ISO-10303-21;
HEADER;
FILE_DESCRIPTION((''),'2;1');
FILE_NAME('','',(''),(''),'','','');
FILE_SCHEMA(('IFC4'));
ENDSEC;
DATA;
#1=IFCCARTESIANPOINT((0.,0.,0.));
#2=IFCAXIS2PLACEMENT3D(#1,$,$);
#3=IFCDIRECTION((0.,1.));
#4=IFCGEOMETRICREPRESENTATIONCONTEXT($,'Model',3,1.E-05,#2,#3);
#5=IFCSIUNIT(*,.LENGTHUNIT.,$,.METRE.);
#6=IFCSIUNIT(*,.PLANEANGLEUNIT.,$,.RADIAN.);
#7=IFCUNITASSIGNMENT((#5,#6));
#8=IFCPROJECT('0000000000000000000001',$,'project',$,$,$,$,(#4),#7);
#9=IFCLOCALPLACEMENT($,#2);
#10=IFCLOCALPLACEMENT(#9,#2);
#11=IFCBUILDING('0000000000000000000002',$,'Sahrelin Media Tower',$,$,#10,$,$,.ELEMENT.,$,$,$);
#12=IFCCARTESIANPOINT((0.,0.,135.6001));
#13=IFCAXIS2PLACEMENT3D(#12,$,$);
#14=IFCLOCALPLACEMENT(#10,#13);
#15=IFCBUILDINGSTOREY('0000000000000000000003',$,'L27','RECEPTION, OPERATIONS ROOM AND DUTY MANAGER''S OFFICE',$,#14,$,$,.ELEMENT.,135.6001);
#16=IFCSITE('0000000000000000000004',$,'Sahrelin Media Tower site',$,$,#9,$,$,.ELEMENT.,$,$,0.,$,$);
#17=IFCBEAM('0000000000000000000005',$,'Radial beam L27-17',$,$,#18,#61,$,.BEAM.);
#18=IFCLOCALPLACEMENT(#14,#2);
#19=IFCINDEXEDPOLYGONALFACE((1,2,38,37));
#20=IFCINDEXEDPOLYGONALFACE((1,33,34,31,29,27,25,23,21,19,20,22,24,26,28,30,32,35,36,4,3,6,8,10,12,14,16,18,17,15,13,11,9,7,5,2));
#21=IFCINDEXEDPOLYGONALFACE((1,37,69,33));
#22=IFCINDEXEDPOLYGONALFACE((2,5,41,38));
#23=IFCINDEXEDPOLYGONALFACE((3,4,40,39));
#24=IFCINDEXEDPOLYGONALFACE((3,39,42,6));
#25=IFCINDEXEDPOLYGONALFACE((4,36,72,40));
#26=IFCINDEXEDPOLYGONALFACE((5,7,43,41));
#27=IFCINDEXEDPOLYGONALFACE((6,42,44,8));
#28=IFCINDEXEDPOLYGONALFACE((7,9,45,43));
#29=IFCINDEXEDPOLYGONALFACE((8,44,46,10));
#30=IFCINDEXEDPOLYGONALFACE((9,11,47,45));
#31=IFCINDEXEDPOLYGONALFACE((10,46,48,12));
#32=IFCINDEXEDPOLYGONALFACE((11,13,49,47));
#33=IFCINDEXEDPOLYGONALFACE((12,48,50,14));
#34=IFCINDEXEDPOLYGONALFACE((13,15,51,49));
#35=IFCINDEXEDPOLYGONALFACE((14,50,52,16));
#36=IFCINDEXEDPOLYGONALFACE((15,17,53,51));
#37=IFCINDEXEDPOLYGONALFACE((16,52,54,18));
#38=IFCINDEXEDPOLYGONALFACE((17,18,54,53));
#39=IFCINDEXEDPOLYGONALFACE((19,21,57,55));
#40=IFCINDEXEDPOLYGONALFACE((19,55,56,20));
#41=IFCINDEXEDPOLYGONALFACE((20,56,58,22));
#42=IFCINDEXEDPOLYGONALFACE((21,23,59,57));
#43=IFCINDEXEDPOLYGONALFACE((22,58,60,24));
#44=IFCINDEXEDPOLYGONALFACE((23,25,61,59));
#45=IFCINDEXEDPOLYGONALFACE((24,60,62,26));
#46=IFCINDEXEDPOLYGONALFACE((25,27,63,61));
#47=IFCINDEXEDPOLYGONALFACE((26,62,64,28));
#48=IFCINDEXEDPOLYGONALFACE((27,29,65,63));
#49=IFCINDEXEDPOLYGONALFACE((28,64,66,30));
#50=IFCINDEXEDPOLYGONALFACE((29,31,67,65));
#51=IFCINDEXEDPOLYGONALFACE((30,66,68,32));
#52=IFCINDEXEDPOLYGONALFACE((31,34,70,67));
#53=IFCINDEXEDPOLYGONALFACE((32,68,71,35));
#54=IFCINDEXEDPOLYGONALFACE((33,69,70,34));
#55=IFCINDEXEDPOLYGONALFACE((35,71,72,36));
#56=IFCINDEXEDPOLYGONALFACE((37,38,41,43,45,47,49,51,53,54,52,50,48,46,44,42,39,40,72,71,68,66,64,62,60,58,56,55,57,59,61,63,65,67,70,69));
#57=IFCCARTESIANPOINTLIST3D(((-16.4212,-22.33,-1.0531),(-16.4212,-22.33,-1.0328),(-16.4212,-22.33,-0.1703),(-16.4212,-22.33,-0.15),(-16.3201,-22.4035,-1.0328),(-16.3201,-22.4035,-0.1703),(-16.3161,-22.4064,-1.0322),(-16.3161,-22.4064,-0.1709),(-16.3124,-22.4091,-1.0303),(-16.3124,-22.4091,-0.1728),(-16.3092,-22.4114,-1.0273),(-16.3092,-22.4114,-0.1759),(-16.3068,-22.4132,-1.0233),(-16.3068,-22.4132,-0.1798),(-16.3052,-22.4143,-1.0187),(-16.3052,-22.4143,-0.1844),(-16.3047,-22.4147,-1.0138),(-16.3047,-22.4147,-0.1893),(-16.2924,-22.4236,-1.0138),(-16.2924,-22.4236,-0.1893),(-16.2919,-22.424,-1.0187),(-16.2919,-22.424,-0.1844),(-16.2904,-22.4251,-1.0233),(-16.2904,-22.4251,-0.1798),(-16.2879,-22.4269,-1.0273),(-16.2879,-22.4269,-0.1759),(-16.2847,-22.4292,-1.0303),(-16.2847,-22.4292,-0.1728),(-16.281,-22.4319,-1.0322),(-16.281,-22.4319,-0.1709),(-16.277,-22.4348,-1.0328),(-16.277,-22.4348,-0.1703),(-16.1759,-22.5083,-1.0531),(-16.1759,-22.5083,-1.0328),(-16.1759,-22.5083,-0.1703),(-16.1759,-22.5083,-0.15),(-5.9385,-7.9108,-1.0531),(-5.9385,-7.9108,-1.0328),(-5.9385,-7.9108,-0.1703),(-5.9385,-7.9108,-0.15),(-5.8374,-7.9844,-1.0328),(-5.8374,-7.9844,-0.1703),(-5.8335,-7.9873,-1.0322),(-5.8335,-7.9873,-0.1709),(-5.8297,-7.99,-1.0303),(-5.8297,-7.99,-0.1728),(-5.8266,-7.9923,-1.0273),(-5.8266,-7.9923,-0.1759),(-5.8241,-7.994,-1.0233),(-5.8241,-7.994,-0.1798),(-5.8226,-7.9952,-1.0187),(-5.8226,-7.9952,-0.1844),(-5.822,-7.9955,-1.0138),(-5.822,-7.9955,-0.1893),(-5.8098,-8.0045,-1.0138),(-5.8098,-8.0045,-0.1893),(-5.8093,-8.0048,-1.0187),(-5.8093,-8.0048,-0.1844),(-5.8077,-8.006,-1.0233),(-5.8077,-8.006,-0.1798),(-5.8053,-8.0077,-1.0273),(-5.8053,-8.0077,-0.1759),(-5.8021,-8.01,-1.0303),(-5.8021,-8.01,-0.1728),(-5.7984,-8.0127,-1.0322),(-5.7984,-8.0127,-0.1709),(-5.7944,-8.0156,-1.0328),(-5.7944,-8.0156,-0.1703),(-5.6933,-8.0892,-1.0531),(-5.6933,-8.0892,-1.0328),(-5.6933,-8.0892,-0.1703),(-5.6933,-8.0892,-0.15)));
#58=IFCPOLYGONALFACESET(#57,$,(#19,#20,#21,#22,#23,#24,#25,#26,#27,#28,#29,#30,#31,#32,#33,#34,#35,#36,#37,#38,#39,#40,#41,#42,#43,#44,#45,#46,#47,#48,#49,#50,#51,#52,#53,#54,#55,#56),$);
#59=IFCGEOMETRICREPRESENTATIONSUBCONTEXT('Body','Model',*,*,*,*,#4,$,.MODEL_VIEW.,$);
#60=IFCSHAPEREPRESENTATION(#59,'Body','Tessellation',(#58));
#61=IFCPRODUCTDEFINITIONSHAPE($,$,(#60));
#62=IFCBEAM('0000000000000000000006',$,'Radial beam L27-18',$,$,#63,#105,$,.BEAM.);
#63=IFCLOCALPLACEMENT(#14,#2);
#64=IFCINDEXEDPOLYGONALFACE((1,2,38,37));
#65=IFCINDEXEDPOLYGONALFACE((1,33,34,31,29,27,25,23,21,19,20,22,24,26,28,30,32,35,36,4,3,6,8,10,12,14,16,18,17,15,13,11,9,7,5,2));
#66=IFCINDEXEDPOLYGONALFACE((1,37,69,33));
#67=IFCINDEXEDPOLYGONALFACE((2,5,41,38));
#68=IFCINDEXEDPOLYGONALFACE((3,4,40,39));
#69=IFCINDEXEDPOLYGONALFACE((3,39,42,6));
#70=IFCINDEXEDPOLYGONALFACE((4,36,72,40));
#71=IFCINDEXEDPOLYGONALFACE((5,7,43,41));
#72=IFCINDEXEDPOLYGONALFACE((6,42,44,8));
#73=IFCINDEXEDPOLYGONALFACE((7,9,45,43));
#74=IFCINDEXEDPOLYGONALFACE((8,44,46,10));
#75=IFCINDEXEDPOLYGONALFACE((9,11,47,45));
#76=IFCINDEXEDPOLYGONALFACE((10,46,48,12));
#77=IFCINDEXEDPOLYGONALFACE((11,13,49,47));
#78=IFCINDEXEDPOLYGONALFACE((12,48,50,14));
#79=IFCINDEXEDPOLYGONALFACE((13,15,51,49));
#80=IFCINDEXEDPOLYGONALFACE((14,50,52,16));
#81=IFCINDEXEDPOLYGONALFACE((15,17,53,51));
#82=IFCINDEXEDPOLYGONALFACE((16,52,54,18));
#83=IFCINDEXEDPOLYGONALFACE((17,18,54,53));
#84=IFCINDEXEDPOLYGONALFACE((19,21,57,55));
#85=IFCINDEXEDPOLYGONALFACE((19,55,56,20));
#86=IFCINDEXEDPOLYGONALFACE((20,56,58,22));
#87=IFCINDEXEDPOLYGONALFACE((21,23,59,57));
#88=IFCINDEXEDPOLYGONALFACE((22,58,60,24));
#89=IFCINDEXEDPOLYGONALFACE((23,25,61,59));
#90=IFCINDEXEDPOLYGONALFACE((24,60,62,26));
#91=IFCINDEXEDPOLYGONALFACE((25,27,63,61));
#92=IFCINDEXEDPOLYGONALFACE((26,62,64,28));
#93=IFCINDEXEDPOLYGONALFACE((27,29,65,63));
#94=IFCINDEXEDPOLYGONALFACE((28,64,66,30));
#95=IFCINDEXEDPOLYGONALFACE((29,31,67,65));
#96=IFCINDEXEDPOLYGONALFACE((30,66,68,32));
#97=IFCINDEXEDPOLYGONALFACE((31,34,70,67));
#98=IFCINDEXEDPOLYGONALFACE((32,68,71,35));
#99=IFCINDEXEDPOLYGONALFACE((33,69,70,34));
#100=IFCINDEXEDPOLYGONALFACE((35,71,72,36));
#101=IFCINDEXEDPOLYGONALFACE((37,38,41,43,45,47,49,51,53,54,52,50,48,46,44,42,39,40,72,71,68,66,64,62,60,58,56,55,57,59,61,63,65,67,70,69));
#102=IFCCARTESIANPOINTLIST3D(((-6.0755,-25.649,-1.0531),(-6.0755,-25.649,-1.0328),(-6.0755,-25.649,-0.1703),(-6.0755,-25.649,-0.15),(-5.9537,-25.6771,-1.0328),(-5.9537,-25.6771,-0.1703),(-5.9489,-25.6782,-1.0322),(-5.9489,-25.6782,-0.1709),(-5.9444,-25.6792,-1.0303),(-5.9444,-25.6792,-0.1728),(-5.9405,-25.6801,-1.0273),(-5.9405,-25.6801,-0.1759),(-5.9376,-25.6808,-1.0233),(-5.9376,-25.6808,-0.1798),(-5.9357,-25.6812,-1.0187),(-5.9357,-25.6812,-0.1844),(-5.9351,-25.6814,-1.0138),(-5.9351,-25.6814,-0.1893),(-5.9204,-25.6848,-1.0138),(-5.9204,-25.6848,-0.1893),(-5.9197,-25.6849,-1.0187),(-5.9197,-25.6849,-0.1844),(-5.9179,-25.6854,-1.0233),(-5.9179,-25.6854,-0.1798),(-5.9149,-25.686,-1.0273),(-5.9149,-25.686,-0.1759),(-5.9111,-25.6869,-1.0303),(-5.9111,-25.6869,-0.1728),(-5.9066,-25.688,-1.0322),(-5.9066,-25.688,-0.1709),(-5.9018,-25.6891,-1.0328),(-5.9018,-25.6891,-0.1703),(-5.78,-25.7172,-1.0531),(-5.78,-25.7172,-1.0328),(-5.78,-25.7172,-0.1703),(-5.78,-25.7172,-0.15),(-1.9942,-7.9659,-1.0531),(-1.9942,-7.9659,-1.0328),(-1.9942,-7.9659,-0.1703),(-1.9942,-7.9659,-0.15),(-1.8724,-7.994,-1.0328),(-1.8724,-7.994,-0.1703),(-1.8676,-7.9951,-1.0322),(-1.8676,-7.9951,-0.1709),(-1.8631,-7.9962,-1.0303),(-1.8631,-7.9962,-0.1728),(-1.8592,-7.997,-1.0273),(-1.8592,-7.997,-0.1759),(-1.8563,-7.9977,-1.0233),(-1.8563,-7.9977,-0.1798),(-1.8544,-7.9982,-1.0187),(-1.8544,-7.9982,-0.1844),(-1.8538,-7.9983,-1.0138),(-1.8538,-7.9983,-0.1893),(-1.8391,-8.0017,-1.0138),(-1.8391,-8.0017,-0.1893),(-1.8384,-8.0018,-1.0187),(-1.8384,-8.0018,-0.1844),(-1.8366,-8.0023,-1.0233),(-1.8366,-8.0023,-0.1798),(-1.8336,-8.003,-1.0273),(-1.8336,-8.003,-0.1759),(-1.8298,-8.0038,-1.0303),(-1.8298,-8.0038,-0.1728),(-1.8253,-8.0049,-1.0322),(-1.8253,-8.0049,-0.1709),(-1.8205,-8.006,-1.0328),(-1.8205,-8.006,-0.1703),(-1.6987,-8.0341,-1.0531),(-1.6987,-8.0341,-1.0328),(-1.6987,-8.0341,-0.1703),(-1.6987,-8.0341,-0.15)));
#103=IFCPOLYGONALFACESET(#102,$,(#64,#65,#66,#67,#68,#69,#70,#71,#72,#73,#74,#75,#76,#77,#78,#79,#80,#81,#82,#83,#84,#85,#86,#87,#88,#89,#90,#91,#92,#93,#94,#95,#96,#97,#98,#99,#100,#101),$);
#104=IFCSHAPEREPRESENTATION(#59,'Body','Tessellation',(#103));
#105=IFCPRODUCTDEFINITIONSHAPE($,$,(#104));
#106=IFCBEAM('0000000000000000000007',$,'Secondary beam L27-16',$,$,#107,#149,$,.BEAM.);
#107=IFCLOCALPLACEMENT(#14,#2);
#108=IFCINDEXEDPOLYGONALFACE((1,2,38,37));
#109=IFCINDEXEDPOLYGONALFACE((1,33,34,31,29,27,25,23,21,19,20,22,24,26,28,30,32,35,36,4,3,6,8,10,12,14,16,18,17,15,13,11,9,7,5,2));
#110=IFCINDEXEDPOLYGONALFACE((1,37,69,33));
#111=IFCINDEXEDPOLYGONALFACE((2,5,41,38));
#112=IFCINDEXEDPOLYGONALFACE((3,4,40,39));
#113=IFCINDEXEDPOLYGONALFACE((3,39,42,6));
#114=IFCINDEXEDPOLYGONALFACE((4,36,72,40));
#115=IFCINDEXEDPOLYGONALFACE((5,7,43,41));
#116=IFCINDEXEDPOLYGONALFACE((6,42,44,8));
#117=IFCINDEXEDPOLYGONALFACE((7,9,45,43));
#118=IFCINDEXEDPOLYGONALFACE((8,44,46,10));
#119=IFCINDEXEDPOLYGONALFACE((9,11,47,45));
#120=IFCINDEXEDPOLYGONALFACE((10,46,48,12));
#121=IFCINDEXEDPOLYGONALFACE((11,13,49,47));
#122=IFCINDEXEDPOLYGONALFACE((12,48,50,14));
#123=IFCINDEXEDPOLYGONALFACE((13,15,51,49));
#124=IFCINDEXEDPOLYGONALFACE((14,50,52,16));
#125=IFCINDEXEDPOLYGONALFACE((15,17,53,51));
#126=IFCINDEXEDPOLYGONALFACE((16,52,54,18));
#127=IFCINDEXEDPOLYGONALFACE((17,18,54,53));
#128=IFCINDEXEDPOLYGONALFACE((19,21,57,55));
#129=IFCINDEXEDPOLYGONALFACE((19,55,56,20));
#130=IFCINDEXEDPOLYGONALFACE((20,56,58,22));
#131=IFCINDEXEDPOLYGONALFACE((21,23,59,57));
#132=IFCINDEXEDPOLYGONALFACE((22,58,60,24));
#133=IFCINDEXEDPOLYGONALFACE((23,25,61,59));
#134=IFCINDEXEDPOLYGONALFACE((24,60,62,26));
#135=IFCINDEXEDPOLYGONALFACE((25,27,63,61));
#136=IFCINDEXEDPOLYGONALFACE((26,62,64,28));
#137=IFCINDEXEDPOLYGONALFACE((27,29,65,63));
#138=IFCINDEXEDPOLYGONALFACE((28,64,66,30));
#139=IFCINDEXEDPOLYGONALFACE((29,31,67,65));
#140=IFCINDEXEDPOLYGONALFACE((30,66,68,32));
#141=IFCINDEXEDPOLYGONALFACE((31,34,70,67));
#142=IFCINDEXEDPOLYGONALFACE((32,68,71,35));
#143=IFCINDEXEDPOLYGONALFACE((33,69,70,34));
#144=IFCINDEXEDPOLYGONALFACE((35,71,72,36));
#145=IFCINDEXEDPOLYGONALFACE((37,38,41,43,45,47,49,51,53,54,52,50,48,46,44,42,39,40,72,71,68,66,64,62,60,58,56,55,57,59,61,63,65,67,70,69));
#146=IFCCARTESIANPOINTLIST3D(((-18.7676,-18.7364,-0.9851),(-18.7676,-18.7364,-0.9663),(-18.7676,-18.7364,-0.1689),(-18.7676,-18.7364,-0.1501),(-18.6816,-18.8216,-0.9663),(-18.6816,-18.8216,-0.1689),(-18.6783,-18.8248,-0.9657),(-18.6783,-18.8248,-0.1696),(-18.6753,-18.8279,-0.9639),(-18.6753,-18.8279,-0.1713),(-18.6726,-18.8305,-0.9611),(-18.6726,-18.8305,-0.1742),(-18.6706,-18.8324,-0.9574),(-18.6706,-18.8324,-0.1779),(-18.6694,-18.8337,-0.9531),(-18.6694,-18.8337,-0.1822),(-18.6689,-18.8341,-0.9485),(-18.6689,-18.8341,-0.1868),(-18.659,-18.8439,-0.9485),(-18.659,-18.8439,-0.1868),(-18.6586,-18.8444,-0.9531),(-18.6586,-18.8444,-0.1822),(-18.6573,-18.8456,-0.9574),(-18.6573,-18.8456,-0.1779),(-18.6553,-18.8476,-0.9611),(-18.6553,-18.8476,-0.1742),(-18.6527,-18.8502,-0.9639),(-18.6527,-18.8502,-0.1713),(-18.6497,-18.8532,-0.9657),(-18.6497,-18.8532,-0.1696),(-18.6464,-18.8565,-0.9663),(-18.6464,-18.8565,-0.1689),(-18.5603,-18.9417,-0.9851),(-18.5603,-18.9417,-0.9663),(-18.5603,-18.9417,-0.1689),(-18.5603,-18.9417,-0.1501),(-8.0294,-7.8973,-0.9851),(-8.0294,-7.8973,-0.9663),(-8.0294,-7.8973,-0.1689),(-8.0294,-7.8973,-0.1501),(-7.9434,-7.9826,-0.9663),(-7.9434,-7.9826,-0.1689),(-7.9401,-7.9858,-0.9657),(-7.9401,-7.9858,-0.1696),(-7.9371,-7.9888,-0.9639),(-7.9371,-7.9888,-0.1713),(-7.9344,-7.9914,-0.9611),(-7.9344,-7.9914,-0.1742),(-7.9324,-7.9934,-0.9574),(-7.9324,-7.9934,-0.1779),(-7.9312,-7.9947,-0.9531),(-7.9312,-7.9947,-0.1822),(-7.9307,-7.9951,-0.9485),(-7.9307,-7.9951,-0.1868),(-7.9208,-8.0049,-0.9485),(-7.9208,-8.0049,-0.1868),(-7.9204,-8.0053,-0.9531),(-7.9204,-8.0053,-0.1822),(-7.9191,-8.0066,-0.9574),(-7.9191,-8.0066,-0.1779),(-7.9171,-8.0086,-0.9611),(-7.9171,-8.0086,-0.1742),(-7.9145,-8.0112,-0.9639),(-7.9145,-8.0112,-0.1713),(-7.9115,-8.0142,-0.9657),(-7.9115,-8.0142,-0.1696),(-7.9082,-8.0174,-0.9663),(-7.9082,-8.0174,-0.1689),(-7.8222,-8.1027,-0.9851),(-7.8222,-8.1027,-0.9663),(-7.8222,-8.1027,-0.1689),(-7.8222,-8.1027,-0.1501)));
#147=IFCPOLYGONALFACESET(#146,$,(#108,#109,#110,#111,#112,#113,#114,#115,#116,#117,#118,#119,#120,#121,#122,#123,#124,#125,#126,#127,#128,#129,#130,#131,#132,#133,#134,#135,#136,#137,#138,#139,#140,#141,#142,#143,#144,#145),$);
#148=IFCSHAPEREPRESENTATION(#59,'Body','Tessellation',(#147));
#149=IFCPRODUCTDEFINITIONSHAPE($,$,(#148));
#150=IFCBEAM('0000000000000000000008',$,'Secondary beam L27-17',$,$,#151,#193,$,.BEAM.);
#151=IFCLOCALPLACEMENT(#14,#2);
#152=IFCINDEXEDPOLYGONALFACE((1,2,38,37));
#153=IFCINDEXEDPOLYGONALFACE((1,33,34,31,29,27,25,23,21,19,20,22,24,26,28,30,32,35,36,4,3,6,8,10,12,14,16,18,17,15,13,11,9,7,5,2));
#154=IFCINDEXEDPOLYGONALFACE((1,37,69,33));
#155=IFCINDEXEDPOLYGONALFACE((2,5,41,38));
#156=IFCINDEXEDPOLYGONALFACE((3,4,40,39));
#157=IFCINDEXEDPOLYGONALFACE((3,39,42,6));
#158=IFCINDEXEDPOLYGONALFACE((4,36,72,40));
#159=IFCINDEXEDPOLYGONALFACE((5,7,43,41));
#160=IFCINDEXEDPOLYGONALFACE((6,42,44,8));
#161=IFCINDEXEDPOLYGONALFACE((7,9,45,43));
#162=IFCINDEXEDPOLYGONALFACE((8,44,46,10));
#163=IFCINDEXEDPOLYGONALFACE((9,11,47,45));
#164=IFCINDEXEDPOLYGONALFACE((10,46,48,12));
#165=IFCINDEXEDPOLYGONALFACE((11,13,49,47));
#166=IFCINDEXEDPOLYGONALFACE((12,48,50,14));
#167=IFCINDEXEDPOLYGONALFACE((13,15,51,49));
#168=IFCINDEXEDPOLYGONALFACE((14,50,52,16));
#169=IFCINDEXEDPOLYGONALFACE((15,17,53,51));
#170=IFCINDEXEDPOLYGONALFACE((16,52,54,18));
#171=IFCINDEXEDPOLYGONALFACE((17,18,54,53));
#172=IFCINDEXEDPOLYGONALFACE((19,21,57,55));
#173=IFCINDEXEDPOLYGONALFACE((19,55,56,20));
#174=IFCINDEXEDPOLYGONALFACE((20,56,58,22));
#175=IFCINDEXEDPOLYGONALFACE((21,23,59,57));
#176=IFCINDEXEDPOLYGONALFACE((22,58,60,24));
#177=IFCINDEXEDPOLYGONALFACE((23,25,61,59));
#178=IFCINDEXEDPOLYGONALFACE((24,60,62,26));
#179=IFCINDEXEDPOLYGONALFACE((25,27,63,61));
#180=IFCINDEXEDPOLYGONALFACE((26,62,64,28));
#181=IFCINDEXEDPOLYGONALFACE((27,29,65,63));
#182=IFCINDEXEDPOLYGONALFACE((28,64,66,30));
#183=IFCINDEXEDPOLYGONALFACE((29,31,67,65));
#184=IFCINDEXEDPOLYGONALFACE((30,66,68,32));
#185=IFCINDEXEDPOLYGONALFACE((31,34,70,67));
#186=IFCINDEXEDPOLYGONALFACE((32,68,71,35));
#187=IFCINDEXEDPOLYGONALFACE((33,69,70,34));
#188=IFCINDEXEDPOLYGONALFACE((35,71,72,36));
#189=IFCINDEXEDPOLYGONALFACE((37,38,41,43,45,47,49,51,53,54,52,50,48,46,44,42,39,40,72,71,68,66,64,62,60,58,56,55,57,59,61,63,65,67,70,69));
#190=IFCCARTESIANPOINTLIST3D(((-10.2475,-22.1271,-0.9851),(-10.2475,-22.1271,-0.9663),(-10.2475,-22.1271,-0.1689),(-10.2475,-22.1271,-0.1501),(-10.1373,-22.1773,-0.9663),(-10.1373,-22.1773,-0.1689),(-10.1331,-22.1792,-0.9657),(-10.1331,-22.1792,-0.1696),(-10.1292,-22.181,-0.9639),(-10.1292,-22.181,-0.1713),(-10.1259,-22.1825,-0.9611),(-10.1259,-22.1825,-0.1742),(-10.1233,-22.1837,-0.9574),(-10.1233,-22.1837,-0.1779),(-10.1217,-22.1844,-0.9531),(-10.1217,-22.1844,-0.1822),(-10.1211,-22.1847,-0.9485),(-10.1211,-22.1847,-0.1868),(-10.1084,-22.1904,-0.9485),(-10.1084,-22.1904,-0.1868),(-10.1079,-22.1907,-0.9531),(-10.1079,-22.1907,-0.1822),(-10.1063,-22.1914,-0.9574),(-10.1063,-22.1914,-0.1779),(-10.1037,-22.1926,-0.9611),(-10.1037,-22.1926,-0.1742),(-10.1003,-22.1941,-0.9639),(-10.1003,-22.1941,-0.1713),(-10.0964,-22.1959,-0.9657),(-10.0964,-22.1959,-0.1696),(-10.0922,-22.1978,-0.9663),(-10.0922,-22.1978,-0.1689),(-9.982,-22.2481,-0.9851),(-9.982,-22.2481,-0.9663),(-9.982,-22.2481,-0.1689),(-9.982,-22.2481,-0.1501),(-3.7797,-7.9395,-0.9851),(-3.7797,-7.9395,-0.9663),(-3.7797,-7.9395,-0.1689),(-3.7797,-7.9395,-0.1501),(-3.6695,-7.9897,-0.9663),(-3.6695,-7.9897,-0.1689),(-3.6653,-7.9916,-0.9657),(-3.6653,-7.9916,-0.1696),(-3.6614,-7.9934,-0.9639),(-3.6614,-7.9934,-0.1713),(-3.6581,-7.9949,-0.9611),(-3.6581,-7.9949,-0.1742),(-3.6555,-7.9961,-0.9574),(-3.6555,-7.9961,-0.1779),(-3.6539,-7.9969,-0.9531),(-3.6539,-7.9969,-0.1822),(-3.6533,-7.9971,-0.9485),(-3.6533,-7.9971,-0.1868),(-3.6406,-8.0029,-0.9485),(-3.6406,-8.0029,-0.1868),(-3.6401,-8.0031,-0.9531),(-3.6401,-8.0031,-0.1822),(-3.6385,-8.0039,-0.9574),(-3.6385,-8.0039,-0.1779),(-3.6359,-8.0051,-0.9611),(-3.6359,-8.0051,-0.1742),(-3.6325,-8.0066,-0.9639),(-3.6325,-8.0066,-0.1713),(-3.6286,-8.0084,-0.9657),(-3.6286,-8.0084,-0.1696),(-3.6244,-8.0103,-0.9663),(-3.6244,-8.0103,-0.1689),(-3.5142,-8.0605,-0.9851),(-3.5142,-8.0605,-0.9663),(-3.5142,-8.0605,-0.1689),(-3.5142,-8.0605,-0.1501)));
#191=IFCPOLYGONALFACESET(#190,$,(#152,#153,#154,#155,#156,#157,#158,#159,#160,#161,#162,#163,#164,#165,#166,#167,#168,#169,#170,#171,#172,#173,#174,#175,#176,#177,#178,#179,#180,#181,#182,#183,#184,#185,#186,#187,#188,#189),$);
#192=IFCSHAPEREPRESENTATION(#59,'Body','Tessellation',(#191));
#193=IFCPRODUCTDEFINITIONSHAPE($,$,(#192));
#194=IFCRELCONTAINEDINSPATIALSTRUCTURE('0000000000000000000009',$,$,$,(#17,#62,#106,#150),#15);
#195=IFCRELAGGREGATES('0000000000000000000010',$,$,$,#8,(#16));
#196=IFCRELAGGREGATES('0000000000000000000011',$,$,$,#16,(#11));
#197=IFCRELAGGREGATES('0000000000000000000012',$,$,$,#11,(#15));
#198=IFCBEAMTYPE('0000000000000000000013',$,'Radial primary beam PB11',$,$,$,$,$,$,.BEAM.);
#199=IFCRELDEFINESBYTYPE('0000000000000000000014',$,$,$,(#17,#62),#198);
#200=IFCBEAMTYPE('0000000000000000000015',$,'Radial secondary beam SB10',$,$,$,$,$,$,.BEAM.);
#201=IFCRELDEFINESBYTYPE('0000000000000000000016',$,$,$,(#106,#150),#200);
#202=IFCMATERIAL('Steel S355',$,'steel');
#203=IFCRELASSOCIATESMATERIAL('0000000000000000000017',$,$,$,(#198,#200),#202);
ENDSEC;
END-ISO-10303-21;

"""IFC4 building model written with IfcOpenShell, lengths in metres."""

from ifc_helpers import new_model, si_unit, direction, frame, origin, origin_2d, place, context, subcontext, project, spatial, i_section, extrude, material, material_profile, profile_set, type_object, element, save


model = new_model("IFC4")

# Units and contexts
model_context = context("Model", 3, precision=1e-05, world=origin(), true_north=direction((0.0, 1.0)))
body_context = subcontext(model_context, "Body", "Model", "MODEL_VIEW")
ifc_project = project(units=[si_unit("LENGTHUNIT", "METRE"), si_unit("PLANEANGLEUNIT", "RADIAN")], contexts=[model_context])

# Site, building, storey
site_placement = place(None, origin())
site = spatial("IfcSite", under=ifc_project, at=site_placement, Name="Sahrelin Media Tower site", CompositionType="ELEMENT", RefElevation=0.0)
building_placement = place(site_placement, origin())
building = spatial("IfcBuilding", under=site, at=building_placement, Name="Sahrelin Media Tower", CompositionType="ELEMENT")
storey_placement = place(building_placement, frame((0.0, 0.0, 135.6001)))
storey = spatial("IfcBuildingStorey", under=building, at=storey_placement, Name="L27", Description="RECEPTION, OPERATIONS ROOM AND DUTY MANAGER'S OFFICE", CompositionType="ELEMENT", Elevation=135.6001)

# Shared definitions
ifc_material_1 = material(Name="Steel S355", Category="steel")

# Beams
ifc_material_profile_1 = material_profile(ifc_material_1, i_section(OverallWidth=0.3032, OverallDepth=0.9031, WebThickness=0.0151, FlangeThickness=0.0203, FilletRadius=0.019, at=origin_2d()), Name="UB 914x305x201")
ifc_profile_set_1 = profile_set([ifc_material_profile_1], Name="Steel S355")
beam_type_1 = type_object("IfcBeamType", Name="Radial primary beam PB11", PredefinedType="BEAM", material=ifc_profile_set_1)
beam_1_placement = place(storey_placement, frame((-5.8159, -8.0, -0.6016), z_axis=(-0.588024, -0.808843, 0.0), x_axis=(0.808843, -0.588024, 0.0)))
element("IfcBeam", 1, at=beam_1_placement, inside=storey, type_object=beam_type_1, Name="Radial beam L27-17", PredefinedType="BEAM", context=body_context, shape_type="SweptSolid", body=[
    extrude(i_section(OverallWidth=0.3032, OverallDepth=0.9031, WebThickness=0.0151, FlangeThickness=0.0203, FilletRadius=0.019, at=origin_2d()), origin(), (0.0, 0.0, 1.0), 17.8269),
])
beam_2_placement = place(storey_placement, frame((-1.8464, -8.0, -0.6016), z_axis=(-0.22489, -0.974384, 0.0), x_axis=(0.974384, -0.22489, 0.0)))
element("IfcBeam", 2, at=beam_2_placement, inside=storey, type_object=beam_type_1, Name="Radial beam L27-18", PredefinedType="BEAM", context=body_context, shape_type="SweptSolid", body=[
    extrude(i_section(OverallWidth=0.3032, OverallDepth=0.9031, WebThickness=0.0151, FlangeThickness=0.0203, FilletRadius=0.019, at=origin_2d()), origin(), (0.0, 0.0, 1.0), 18.1479),
])
ifc_material_profile_2 = material_profile(ifc_material_1, i_section(OverallWidth=0.2917, OverallDepth=0.835, WebThickness=0.0139, FlangeThickness=0.0188, FilletRadius=0.0178, at=origin_2d()), Name="UB 838x292x176")
ifc_profile_set_2 = profile_set([ifc_material_profile_2], Name="Steel S355")
beam_type_2 = type_object("IfcBeamType", Name="Radial secondary beam SB10", PredefinedType="BEAM", material=ifc_profile_set_2)
beam_3_placement = place(storey_placement, frame((-7.9258, -8.0, -0.5676), z_axis=(-0.703795, -0.710403, 0.0), x_axis=(0.710403, -0.703795, 0.0)))
element("IfcBeam", 3, at=beam_3_placement, inside=storey, type_object=beam_type_2, Name="Secondary beam L27-16", PredefinedType="BEAM", context=body_context, shape_type="SweptSolid", body=[
    extrude(i_section(OverallWidth=0.2917, OverallDepth=0.835, WebThickness=0.0139, FlangeThickness=0.0188, FilletRadius=0.0178, at=origin_2d()), origin(), (0.0, 0.0, 1.0), 15.2576),
])
beam_4_placement = place(storey_placement, frame((-3.647, -8.0, -0.5676), z_axis=(-0.414808, -0.909909, 0.0), x_axis=(0.909909, -0.414808, 0.0)))
element("IfcBeam", 4, at=beam_4_placement, inside=storey, type_object=beam_type_2, Name="Secondary beam L27-17", PredefinedType="BEAM", context=body_context, shape_type="SweptSolid", body=[
    extrude(i_section(OverallWidth=0.2917, OverallDepth=0.835, WebThickness=0.0139, FlangeThickness=0.0188, FilletRadius=0.0178, at=origin_2d()), origin(), (0.0, 0.0, 1.0), 15.5923),
])

save(model, "model.ifc")
